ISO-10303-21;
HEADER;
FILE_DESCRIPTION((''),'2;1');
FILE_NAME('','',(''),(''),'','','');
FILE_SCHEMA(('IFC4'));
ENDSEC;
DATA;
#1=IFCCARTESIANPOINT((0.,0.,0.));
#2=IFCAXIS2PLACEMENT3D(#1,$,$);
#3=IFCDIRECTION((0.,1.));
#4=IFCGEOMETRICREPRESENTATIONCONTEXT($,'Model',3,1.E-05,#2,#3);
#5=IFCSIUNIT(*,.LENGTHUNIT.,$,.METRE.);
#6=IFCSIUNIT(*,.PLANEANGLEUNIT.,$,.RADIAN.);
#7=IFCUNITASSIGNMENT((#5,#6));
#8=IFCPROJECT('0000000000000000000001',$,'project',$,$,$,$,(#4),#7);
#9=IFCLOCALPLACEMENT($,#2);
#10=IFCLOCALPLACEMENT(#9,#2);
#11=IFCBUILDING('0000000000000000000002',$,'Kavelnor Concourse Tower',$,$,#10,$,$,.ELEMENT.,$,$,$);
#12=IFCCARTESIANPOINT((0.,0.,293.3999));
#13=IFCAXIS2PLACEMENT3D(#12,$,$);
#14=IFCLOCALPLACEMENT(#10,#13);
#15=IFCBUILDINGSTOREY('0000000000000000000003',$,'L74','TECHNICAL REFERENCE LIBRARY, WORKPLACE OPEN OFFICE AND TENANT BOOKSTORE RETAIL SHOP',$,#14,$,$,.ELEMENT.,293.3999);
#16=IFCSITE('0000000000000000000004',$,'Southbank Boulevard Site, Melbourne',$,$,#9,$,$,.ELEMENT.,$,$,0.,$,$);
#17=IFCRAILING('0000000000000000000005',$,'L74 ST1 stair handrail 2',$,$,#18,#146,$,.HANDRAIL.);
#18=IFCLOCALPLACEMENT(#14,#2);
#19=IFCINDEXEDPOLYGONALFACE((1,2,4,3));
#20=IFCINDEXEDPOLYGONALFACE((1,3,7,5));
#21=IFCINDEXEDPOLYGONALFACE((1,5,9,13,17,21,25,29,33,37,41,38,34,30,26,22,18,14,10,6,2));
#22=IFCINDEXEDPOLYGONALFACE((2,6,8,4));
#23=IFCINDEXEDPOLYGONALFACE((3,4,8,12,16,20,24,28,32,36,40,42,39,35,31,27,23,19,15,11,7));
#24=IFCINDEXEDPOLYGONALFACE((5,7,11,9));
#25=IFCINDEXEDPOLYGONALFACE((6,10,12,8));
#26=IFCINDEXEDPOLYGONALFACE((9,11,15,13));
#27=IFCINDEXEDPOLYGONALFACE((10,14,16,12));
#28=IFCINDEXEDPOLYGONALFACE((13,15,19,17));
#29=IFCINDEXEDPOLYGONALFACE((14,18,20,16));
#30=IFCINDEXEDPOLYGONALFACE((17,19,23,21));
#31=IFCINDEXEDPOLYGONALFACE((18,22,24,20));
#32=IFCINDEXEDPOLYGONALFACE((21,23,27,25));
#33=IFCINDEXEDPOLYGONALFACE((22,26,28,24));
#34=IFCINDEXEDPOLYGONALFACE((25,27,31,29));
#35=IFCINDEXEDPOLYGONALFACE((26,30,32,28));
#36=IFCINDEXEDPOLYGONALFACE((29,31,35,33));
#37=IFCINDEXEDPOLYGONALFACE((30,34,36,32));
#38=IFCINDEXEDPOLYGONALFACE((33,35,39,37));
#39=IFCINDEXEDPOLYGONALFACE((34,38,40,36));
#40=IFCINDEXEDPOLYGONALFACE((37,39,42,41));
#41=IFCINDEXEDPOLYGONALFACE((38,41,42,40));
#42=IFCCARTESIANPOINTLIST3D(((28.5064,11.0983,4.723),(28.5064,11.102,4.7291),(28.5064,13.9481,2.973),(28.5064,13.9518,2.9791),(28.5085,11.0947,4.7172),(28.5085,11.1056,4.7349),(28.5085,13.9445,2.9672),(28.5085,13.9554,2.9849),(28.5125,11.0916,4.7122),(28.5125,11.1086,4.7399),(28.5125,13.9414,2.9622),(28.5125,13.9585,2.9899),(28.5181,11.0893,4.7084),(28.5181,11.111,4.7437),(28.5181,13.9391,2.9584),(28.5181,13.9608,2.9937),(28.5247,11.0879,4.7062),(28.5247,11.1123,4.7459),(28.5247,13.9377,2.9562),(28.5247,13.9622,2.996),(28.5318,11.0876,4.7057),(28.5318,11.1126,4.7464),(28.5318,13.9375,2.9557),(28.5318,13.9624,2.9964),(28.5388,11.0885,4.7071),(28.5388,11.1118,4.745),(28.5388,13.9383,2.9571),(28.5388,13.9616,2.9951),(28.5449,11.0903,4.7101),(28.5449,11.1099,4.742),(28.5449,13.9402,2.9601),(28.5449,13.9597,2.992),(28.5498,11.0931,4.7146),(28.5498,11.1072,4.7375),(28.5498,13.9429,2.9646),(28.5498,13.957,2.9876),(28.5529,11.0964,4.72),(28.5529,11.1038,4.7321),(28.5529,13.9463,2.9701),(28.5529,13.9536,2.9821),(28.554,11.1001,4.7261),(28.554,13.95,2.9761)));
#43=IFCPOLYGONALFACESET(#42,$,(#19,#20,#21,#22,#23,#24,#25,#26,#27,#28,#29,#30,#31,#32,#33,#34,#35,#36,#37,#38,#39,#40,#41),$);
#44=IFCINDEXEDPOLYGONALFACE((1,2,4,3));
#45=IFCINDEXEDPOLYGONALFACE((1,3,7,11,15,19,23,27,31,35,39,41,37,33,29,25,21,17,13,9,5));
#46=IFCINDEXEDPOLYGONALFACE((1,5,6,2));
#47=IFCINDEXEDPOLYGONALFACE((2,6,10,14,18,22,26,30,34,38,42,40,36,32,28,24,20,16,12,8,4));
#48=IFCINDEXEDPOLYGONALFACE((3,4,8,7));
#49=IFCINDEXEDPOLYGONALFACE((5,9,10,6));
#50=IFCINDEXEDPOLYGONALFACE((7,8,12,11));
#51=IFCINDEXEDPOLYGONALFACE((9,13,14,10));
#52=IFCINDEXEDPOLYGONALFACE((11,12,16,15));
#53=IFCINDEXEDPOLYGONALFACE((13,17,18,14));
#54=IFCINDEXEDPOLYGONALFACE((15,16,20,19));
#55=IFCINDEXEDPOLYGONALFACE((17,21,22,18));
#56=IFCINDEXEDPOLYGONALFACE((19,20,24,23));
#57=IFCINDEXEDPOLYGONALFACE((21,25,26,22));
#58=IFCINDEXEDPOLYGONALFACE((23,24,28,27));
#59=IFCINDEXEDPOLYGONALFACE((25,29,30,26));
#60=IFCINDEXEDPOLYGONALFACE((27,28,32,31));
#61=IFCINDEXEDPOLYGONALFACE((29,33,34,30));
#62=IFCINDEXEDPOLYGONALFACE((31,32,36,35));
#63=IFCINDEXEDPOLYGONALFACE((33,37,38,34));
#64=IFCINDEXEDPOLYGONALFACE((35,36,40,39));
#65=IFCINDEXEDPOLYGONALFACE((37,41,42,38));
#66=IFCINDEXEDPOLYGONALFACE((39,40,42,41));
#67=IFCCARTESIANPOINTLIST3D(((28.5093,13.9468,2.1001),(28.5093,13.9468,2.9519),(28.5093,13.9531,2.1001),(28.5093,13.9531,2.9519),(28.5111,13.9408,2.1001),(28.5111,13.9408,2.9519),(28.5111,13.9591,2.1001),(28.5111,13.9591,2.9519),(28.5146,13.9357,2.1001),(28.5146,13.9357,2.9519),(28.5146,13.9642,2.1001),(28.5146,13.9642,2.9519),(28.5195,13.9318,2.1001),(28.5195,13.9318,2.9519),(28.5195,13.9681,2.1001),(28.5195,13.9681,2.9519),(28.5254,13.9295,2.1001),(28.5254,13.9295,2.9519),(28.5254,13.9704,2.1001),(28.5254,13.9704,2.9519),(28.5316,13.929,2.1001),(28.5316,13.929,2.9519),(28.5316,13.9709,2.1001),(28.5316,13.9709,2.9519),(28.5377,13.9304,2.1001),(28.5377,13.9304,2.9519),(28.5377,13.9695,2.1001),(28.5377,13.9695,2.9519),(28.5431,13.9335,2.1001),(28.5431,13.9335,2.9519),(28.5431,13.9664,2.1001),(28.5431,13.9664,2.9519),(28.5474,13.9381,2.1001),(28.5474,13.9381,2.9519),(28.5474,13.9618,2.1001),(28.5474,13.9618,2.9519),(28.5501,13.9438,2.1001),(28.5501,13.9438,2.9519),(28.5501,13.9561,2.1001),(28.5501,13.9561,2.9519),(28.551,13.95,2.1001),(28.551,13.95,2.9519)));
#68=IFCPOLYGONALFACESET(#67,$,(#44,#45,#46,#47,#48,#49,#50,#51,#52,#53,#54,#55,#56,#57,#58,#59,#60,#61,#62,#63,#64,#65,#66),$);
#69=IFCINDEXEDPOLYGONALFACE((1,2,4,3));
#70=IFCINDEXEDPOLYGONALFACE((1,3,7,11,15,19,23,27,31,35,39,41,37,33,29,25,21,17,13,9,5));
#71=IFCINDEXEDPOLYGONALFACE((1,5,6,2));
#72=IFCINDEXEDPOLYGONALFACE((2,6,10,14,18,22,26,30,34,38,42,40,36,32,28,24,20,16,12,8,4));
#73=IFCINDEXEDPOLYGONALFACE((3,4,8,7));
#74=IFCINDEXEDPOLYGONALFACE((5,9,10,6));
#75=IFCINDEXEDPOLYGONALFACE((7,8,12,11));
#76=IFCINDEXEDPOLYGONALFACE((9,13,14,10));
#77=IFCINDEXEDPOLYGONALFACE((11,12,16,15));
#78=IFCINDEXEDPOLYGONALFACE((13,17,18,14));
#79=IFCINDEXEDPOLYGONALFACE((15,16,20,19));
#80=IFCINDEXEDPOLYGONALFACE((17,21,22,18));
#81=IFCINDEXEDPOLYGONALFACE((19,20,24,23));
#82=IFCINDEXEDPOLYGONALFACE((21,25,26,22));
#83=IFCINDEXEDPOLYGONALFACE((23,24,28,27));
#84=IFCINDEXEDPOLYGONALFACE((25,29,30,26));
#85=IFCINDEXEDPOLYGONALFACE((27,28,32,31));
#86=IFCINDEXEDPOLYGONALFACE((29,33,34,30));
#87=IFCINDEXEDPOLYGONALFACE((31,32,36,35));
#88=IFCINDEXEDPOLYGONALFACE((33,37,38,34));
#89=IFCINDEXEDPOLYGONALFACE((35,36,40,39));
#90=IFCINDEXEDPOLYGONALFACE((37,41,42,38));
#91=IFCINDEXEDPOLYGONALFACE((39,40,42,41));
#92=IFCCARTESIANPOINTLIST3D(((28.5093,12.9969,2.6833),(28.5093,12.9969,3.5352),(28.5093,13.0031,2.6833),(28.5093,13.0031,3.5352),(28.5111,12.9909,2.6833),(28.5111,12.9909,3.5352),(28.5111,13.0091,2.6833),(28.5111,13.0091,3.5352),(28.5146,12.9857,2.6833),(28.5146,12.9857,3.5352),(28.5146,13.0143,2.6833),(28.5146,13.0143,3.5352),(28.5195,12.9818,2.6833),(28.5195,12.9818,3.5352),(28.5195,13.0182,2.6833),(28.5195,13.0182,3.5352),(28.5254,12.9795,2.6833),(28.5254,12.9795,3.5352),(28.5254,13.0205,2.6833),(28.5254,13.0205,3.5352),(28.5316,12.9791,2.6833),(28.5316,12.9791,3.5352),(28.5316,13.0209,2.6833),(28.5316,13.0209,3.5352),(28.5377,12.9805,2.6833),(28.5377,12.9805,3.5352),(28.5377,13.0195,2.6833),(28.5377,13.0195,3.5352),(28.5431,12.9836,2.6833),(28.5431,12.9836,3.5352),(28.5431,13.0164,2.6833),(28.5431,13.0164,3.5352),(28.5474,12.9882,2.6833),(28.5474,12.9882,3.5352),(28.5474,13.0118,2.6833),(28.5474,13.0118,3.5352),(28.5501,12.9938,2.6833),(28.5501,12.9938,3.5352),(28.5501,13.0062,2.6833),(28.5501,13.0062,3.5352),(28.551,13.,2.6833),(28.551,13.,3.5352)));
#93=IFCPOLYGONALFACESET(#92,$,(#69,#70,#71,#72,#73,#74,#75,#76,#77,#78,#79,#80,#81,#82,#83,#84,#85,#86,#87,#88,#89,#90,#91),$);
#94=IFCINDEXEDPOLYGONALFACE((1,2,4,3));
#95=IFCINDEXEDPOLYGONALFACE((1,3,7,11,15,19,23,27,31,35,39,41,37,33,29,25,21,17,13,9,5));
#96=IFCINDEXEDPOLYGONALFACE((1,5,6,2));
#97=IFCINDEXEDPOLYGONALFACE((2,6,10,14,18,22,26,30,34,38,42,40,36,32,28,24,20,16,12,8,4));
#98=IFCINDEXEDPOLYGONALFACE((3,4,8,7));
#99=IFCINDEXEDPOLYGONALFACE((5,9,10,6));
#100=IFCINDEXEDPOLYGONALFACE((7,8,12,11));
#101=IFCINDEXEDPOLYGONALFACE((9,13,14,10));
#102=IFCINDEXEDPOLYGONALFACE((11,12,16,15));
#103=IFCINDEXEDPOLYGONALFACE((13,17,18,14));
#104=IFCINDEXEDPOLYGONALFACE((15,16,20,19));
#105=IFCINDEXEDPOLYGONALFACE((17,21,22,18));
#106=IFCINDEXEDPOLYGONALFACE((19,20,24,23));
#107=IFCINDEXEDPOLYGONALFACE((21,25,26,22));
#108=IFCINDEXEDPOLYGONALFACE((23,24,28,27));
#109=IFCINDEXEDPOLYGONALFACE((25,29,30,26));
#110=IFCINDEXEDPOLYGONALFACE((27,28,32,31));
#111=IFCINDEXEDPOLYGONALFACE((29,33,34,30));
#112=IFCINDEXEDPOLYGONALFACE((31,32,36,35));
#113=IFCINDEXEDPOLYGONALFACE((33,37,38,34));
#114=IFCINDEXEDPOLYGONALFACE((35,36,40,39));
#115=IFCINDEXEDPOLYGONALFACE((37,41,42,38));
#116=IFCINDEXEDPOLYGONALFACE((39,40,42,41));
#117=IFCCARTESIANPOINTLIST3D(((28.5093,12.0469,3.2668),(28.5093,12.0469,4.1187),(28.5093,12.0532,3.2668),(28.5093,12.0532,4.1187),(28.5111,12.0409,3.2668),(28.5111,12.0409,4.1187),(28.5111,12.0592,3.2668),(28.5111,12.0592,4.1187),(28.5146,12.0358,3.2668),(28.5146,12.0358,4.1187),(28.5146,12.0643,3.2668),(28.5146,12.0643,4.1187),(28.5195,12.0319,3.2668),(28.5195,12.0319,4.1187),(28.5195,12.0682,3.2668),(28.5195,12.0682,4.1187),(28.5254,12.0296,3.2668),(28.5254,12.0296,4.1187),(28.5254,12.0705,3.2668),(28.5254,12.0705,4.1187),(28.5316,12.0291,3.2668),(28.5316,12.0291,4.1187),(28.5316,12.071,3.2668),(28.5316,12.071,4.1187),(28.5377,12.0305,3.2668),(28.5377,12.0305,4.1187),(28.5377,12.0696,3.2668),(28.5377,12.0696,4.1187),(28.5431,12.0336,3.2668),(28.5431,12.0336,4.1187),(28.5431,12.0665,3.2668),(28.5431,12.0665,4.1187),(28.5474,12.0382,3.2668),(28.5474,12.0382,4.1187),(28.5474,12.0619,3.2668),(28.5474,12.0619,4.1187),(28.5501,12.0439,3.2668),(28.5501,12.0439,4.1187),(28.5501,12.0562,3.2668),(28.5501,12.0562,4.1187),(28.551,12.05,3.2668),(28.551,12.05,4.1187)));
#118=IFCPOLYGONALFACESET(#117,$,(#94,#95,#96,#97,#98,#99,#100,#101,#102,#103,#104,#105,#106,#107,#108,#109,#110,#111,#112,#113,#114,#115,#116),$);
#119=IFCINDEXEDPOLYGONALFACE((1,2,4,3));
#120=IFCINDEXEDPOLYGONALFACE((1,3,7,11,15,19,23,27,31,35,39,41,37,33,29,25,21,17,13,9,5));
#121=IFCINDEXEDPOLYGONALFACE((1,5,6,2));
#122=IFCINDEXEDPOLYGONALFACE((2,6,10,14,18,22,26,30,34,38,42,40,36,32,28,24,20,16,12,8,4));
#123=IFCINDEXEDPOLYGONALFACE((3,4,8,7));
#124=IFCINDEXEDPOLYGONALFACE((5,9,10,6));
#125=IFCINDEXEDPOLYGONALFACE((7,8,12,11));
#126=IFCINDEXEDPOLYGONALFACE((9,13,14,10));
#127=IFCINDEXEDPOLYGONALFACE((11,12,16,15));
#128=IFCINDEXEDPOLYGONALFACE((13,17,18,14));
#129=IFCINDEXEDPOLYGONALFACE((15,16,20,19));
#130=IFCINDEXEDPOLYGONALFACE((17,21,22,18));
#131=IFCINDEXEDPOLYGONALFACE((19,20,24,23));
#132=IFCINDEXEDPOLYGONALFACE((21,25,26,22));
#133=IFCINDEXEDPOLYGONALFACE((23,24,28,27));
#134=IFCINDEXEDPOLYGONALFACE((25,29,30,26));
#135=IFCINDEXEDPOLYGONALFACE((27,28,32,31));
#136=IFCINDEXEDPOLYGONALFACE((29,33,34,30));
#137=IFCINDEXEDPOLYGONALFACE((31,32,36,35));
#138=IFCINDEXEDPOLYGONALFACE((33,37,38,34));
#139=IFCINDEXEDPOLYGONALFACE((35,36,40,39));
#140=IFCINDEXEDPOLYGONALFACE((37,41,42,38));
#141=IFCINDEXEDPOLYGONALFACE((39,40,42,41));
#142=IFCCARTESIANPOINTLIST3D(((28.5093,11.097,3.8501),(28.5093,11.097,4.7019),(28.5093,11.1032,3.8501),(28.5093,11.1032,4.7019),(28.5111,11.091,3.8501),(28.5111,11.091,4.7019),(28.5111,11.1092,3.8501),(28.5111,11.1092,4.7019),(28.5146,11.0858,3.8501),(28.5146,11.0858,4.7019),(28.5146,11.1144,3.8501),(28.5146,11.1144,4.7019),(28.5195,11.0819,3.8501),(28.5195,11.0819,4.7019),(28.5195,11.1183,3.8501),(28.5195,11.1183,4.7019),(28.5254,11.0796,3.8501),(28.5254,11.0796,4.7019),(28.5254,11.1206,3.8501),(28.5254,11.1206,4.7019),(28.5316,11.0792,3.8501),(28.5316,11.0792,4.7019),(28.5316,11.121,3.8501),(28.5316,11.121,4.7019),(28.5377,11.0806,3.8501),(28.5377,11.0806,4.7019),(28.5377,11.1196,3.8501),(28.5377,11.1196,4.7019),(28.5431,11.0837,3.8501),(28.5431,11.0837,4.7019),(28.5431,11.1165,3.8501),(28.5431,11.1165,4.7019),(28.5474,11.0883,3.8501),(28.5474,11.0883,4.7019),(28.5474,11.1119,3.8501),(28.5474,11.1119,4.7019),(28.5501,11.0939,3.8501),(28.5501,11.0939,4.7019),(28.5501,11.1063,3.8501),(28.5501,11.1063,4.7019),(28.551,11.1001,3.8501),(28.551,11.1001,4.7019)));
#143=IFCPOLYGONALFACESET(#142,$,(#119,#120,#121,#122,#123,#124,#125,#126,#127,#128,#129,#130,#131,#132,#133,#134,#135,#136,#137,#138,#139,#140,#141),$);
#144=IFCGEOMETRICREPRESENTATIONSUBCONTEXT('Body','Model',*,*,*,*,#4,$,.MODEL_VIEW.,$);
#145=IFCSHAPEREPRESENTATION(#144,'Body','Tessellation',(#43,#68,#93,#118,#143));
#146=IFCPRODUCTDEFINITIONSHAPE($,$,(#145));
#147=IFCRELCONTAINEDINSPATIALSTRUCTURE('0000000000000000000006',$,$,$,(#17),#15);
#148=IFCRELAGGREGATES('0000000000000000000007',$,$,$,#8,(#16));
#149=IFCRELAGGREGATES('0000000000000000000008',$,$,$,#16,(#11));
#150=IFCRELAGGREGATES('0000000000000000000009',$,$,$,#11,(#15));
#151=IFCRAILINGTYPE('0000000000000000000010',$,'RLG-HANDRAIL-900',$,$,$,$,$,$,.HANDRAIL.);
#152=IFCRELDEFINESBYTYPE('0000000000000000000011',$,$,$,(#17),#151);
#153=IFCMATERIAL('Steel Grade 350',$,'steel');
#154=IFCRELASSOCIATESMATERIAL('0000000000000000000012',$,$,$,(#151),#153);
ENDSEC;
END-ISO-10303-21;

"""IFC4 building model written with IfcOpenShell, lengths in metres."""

from ifc_helpers import new_model, si_unit, direction, frame, origin, origin_2d, place, context, subcontext, project, spatial, circle, extrude, material, type_object, element, save


model = new_model("IFC4")

# Units and contexts
model_context = context("Model", 3, precision=1e-05, world=origin(), true_north=direction((0.0, 1.0)))
body_context = subcontext(model_context, "Body", "Model", "MODEL_VIEW")
ifc_project = project(units=[si_unit("LENGTHUNIT", "METRE"), si_unit("PLANEANGLEUNIT", "RADIAN")], contexts=[model_context])

# Site, building, storey
site_placement = place(None, origin())
site = spatial("IfcSite", under=ifc_project, at=site_placement, Name="Southbank Boulevard Site, Melbourne", CompositionType="ELEMENT", RefElevation=0.0)
building_placement = place(site_placement, origin())
building = spatial("IfcBuilding", under=site, at=building_placement, Name="Kavelnor Concourse Tower", CompositionType="ELEMENT")
storey_placement = place(building_placement, frame((0.0, 0.0, 293.3999)))
storey = spatial("IfcBuildingStorey", under=building, at=storey_placement, Name="L74", Description="TECHNICAL REFERENCE LIBRARY, WORKPLACE OPEN OFFICE AND TENANT BOOKSTORE RETAIL SHOP", CompositionType="ELEMENT", Elevation=293.3999)

# Shared definitions
ifc_material_1 = material(Name="Steel Grade 350", Category="steel")

# Railing
railing_type_1 = type_object("IfcRailingType", Name="RLG-HANDRAIL-900", PredefinedType="HANDRAIL", material=ifc_material_1)
railing_1_placement = place(storey_placement, frame((28.53, 13.95, 2.1001)))
element("IfcRailing", 1, at=railing_1_placement, inside=storey, type_object=railing_type_1, Name="L74 ST1 stair handrail 2", PredefinedType="HANDRAIL", context=body_context, shape_type="SweptSolid", body=[
    extrude(circle(Radius=0.0239, at=origin_2d()), frame((0.0, 0.0, 0.876), z_axis=(0.0, -0.852159, 0.523283), x_axis=(1.0, 0.0, 0.0)), (0.0, 0.0, 1.0), 3.3442),
    extrude(circle(Radius=0.021, at=origin_2d()), origin(), (0.0, 0.0, 1.0), 0.8518),
    extrude(circle(Radius=0.021, at=origin_2d()), frame((0.0, -0.95, 0.5833)), (0.0, 0.0, 1.0), 0.8518),
    extrude(circle(Radius=0.021, at=origin_2d()), frame((0.0, -1.8999, 1.1667)), (0.0, 0.0, 1.0), 0.8518),
    extrude(circle(Radius=0.021, at=origin_2d()), frame((0.0, -2.8499, 1.75)), (0.0, 0.0, 1.0), 0.8518),
])

save(model, "model.ifc")
